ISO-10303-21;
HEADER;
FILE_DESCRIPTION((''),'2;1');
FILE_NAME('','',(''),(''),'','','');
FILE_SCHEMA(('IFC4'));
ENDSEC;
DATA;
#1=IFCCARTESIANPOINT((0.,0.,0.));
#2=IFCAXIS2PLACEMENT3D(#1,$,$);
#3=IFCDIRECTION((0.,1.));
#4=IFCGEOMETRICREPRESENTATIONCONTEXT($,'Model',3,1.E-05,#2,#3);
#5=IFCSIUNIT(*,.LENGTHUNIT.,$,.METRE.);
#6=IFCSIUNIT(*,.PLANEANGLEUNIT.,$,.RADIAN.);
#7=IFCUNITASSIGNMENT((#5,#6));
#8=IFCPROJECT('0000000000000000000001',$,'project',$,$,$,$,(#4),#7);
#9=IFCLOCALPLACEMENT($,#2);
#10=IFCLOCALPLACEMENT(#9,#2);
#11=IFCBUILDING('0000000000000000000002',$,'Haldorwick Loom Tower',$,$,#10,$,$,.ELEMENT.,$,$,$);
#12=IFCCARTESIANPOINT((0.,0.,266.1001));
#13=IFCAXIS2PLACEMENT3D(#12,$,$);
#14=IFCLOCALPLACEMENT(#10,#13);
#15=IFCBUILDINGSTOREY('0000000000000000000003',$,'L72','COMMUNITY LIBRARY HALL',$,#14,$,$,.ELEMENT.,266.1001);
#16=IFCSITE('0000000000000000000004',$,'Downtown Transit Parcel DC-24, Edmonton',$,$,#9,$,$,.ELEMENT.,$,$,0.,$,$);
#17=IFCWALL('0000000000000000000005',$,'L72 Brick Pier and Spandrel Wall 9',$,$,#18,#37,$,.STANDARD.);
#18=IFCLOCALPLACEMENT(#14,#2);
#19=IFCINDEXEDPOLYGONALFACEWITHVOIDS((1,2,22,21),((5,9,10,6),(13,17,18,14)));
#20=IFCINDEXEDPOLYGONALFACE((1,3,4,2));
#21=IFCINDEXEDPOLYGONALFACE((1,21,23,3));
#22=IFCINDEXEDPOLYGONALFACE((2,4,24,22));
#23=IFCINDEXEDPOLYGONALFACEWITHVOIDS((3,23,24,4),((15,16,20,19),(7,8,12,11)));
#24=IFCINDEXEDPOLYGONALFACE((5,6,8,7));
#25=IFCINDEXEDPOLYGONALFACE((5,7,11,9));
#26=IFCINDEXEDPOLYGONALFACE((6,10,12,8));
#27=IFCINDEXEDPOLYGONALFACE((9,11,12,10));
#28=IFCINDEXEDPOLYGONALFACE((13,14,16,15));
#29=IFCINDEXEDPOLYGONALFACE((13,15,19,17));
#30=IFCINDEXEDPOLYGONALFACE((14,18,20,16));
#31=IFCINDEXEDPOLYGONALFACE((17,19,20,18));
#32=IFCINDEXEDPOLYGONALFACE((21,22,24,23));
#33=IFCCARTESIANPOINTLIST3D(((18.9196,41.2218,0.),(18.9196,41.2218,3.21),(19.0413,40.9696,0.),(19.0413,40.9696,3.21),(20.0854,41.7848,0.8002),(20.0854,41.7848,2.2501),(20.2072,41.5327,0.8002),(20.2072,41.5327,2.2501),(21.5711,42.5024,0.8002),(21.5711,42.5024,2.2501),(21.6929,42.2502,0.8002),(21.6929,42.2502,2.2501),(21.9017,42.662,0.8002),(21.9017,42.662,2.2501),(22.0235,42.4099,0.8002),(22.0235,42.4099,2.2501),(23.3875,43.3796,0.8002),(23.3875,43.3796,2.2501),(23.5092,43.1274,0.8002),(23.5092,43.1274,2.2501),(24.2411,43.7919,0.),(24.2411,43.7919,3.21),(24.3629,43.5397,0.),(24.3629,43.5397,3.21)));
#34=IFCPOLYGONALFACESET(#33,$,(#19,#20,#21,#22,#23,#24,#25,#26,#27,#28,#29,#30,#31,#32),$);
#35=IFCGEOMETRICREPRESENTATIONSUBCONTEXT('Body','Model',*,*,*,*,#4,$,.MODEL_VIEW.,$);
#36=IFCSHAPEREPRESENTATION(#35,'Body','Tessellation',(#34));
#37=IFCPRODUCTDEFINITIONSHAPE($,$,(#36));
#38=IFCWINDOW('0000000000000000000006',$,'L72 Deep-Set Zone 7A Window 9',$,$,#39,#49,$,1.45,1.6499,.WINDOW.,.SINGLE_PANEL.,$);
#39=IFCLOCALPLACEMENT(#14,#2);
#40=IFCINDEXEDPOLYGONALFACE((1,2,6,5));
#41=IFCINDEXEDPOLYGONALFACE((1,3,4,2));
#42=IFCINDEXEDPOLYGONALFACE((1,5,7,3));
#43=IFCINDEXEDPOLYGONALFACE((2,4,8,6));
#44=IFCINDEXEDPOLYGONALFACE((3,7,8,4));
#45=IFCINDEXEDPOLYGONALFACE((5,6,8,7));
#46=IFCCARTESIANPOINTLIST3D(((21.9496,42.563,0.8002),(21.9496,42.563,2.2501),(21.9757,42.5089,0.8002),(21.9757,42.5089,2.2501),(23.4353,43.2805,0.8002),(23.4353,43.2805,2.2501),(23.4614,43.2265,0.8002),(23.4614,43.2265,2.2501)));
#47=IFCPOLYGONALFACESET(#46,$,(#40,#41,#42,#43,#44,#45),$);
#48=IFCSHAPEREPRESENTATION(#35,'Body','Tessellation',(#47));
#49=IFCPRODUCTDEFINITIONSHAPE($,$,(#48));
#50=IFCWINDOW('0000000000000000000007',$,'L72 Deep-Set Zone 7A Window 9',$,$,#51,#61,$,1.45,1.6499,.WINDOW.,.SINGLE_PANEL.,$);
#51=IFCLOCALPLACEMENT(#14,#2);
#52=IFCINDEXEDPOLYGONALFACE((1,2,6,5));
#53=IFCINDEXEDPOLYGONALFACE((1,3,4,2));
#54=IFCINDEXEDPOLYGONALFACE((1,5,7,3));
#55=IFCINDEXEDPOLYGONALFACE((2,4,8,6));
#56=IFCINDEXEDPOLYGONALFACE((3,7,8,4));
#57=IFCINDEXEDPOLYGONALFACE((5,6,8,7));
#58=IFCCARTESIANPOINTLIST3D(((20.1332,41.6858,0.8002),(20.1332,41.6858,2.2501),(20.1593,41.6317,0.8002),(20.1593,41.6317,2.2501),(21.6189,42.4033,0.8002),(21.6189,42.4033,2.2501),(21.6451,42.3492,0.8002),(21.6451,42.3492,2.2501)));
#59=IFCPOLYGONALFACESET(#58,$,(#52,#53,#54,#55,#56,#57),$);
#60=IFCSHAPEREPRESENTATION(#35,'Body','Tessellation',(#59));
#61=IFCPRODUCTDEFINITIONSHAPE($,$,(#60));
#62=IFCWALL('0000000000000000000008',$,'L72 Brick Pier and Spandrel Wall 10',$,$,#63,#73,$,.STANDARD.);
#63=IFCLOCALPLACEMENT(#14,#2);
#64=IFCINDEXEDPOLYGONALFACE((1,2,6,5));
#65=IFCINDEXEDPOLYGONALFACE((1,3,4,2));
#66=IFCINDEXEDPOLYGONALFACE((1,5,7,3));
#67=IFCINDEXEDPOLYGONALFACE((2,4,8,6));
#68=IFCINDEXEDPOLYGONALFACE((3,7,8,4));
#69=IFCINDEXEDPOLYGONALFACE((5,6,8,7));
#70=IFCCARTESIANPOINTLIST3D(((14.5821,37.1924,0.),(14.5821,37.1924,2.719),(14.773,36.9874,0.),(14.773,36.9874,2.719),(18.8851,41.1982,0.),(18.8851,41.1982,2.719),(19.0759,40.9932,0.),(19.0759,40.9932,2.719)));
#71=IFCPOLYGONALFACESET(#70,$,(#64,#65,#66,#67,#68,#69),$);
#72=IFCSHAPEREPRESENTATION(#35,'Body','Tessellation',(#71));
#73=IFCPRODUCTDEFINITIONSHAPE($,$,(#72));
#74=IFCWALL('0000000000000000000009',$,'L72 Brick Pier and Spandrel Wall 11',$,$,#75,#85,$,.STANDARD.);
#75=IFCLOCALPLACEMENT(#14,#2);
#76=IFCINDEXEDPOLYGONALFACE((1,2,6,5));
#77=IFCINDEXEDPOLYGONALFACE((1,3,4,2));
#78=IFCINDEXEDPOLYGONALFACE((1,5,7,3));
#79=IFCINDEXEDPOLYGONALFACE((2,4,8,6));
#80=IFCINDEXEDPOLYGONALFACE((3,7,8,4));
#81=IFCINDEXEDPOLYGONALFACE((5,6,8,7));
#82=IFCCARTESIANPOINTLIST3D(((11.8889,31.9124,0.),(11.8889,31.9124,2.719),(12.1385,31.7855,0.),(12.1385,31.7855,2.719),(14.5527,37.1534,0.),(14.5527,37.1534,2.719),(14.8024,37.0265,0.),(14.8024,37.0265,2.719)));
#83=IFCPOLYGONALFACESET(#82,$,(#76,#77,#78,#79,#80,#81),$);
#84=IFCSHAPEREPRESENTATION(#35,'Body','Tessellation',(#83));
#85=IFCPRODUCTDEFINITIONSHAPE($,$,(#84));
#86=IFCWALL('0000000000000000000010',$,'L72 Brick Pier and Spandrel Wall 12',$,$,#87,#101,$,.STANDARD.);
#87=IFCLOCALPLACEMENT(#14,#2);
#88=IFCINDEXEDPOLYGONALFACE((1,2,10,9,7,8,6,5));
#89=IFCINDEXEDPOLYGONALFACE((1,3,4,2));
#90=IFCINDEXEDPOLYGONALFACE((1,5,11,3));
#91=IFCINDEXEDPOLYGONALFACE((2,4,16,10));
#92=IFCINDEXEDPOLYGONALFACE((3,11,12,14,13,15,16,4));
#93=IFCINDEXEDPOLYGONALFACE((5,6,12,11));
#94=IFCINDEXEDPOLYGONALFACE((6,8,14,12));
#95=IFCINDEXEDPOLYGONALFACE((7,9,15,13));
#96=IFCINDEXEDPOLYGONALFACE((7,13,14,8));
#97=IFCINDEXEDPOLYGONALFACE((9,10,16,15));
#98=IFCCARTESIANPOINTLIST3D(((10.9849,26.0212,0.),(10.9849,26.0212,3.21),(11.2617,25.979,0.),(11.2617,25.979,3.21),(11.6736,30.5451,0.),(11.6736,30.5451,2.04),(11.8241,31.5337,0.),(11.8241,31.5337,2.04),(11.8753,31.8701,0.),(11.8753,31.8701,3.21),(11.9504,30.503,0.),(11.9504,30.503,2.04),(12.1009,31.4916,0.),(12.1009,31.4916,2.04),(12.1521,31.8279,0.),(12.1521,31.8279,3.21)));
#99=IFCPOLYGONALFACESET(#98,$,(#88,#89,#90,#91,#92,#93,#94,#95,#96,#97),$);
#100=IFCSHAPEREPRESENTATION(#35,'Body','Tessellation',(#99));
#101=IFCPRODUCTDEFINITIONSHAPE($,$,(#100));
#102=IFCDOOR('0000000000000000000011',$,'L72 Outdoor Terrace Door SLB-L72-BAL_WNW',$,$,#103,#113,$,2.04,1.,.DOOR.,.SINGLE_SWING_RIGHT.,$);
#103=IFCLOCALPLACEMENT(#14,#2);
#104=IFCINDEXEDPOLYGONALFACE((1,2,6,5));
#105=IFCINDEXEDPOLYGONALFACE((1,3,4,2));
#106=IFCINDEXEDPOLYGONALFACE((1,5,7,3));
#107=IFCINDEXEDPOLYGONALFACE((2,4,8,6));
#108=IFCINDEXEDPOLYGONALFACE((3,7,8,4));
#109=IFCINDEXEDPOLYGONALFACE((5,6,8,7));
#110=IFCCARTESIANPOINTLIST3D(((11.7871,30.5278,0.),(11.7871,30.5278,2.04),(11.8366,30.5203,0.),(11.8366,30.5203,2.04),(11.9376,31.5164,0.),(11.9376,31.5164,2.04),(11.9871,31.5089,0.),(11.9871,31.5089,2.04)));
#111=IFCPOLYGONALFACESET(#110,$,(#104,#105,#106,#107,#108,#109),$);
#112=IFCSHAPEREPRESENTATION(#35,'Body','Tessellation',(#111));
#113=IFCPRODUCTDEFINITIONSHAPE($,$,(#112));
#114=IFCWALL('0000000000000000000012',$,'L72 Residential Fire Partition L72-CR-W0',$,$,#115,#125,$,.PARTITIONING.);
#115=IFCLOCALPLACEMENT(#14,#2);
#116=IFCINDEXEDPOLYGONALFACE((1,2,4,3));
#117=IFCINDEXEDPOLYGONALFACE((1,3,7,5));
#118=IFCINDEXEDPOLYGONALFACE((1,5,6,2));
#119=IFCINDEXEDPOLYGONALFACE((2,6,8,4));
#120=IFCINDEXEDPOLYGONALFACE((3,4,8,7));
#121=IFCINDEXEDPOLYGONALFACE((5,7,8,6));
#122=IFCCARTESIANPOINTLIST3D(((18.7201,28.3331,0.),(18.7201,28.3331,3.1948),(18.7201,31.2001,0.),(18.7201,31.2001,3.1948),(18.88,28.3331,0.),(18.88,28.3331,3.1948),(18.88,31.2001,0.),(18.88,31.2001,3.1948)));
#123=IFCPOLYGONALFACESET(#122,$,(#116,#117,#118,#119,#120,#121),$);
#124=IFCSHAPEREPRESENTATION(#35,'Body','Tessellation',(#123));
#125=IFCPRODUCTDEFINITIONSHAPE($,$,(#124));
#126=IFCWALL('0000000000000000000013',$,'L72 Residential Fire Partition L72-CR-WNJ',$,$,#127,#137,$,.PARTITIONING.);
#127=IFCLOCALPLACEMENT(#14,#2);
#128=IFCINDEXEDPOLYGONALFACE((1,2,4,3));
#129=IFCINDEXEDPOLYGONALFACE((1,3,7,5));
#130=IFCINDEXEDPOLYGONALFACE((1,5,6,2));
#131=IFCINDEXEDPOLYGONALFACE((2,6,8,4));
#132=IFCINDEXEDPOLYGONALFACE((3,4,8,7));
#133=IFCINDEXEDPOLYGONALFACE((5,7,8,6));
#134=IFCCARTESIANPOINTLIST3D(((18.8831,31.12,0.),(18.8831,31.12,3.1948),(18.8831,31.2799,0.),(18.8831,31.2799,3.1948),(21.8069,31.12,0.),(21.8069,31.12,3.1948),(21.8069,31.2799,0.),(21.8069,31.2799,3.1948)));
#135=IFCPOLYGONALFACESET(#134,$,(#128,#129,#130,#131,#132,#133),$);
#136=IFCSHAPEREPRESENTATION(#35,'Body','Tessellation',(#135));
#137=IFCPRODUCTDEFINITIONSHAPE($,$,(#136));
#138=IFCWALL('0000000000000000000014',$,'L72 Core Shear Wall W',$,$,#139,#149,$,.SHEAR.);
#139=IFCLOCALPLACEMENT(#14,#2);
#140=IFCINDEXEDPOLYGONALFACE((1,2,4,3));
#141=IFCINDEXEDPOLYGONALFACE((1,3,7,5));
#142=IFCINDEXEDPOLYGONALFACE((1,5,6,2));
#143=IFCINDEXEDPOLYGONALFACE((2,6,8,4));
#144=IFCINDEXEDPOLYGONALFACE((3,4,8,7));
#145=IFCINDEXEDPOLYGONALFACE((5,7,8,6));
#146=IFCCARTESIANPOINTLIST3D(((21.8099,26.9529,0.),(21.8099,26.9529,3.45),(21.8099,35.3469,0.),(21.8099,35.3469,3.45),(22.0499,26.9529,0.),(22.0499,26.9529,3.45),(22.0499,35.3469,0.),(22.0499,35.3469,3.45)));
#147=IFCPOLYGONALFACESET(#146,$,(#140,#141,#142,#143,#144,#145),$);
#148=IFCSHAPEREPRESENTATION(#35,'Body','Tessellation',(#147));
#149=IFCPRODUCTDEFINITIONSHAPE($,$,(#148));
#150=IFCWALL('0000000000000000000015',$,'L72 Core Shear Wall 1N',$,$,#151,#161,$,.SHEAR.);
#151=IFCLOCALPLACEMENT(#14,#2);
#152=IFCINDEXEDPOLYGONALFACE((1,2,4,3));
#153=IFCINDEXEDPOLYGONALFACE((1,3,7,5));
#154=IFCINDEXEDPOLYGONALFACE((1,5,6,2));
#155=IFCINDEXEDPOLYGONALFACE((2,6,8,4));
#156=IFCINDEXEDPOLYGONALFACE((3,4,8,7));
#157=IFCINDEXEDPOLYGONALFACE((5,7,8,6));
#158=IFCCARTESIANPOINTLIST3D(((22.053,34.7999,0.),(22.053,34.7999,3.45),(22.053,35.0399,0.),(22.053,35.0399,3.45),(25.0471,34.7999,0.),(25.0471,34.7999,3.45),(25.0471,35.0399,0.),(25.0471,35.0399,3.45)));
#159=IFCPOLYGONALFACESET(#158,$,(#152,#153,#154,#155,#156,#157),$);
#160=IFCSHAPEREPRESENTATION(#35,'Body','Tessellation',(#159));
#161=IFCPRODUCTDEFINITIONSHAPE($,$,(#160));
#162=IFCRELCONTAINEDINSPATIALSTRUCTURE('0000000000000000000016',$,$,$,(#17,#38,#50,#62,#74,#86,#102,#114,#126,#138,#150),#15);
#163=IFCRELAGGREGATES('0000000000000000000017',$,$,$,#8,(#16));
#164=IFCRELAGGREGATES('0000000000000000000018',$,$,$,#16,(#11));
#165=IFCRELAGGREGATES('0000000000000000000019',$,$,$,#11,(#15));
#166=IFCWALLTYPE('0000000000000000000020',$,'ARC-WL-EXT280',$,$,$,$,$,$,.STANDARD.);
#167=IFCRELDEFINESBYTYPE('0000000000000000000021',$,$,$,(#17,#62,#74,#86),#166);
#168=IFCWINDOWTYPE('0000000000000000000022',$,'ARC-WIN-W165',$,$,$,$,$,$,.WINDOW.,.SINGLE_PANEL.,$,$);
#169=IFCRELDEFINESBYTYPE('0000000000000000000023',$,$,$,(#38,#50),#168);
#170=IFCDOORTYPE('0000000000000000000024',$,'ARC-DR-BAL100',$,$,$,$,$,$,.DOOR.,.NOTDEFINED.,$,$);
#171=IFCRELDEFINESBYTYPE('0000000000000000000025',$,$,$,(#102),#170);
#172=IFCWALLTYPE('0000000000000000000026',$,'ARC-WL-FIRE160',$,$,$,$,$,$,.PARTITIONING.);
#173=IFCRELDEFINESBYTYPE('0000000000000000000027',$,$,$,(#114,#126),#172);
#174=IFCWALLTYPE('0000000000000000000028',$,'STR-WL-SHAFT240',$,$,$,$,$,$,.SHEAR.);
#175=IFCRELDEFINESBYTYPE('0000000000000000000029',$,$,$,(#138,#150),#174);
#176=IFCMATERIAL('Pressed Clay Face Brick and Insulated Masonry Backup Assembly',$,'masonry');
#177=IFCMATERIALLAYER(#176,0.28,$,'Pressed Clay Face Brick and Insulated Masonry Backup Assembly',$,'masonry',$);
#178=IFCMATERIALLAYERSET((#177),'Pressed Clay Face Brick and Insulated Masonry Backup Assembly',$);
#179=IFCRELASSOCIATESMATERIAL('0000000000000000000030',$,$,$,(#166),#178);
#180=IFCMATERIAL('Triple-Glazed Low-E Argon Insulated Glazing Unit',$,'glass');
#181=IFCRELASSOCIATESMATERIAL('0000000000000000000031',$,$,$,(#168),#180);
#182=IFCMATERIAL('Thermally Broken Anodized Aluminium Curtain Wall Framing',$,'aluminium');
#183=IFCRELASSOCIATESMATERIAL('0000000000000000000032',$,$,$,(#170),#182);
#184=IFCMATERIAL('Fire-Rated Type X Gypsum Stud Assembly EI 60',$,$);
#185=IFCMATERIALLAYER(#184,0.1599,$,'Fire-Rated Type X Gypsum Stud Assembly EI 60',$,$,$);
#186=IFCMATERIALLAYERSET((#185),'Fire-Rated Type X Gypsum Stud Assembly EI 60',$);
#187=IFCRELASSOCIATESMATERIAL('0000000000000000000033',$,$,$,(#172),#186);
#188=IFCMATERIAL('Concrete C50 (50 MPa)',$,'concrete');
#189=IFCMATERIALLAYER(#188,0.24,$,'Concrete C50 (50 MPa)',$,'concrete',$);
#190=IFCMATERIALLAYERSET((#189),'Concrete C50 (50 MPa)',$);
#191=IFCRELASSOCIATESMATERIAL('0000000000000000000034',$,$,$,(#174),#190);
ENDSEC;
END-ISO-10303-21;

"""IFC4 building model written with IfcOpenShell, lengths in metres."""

from ifc_helpers import new_model, si_unit, direction, frame, frame_2d, origin, place, context, subcontext, project, spatial, rectangle, extrude, material, layer, layer_set, type_object, element, fill, save


model = new_model("IFC4")

# Units and contexts
model_context = context("Model", 3, precision=1e-05, world=origin(), true_north=direction((0.0, 1.0)))
body_context = subcontext(model_context, "Body", "Model", "MODEL_VIEW")
ifc_project = project(units=[si_unit("LENGTHUNIT", "METRE"), si_unit("PLANEANGLEUNIT", "RADIAN")], contexts=[model_context])

# Site, building, storey
site_placement = place(None, origin())
site = spatial("IfcSite", under=ifc_project, at=site_placement, Name="Downtown Transit Parcel DC-24, Edmonton", CompositionType="ELEMENT", RefElevation=0.0)
building_placement = place(site_placement, origin())
building = spatial("IfcBuilding", under=site, at=building_placement, Name="Haldorwick Loom Tower", CompositionType="ELEMENT")
storey_placement = place(building_placement, frame((0.0, 0.0, 266.1001)))
storey = spatial("IfcBuildingStorey", under=building, at=storey_placement, Name="L72", Description="COMMUNITY LIBRARY HALL", CompositionType="ELEMENT", Elevation=266.1001)

# Shared definitions
ifc_material_1 = material(Name="Concrete C50 (50 MPa)", Category="concrete")

# Wall, openings, windows
ifc_material_2 = material(Name="Pressed Clay Face Brick and Insulated Masonry Backup Assembly", Category="masonry")
ifc_layer_1 = layer(ifc_material_2, 0.28, Name="Pressed Clay Face Brick and Insulated Masonry Backup Assembly", Category="masonry")
ifc_layer_set_1 = layer_set([ifc_layer_1], Name="Pressed Clay Face Brick and Insulated Masonry Backup Assembly")
wall_type_1 = type_object("IfcWallType", Name="ARC-WL-EXT280", PredefinedType="STANDARD", material=ifc_layer_set_1)
wall_1_placement = place(storey_placement, frame((24.302, 43.6658, 0.0), z_axis=(0.0, 0.0, 1.0), x_axis=(-0.900482, -0.434893, 0.0)))
wall_1 = element("IfcWall", 1, at=wall_1_placement, inside=storey, type_object=wall_type_1, Name="L72 Brick Pier and Spandrel Wall 9", PredefinedType="STANDARD", context=body_context, shape_type="SweptSolid", body=[
    extrude(rectangle(XDim=5.9097, YDim=0.28, at=frame_2d((2.9548, 0.0))), origin(), (0.0, 0.0, 1.0), 3.21),
])
opening_1_placement = place(wall_1_placement, frame((0.948, 0.0, 0.8)))
opening_1 = element("IfcOpeningElement", 2, at=opening_1_placement, cuts=wall_1, PredefinedType="OPENING", context=body_context, shape_type="SweptSolid", body=[
    extrude(rectangle(XDim=1.6499, YDim=1.45, at=frame_2d((0.825, 0.7251))), frame((0.0, 0.1499, 0.0), z_axis=(0.0, -1.0, 0.0), x_axis=(1.0, 0.0, 0.0)), (0.0, 0.0, 1.0), 0.3),
])
opening_2_placement = place(wall_1_placement, frame((2.9651, 0.0, 0.8)))
opening_2 = element("IfcOpeningElement", 3, at=opening_2_placement, cuts=wall_1, PredefinedType="OPENING", context=body_context, shape_type="SweptSolid", body=[
    extrude(rectangle(XDim=1.6499, YDim=1.45, at=frame_2d((0.825, 0.7251))), frame((0.0, 0.1499, 0.0), z_axis=(0.0, -1.0, 0.0), x_axis=(1.0, 0.0, 0.0)), (0.0, 0.0, 1.0), 0.3),
])
ifc_material_3 = material(Name="Triple-Glazed Low-E Argon Insulated Glazing Unit", Category="glass")
window_type = type_object("IfcWindowType", Name="ARC-WIN-W165", PartitioningType="SINGLE_PANEL", PredefinedType="WINDOW", material=ifc_material_3)
window_1_placement = place(opening_1_placement, origin())
window_1 = element("IfcWindow", 4, at=window_1_placement, inside=storey, type_object=window_type, Name="L72 Deep-Set Zone 7A Window 9", OverallHeight=1.45, OverallWidth=1.6499, PartitioningType="SINGLE_PANEL", PredefinedType="WINDOW", context=body_context, shape_type="SweptSolid", body=[
    extrude(rectangle(XDim=1.6499, YDim=1.45, at=frame_2d((0.825, 0.7251))), frame((0.0, 0.03, 0.0), z_axis=(0.0, -1.0, 0.0), x_axis=(1.0, 0.0, 0.0)), (0.0, 0.0, 1.0), 0.0601),
])
fill(opening_1, window_1)
window_2_placement = place(opening_2_placement, origin())
window_2 = element("IfcWindow", 5, at=window_2_placement, inside=storey, type_object=window_type, Name="L72 Deep-Set Zone 7A Window 9", OverallHeight=1.45, OverallWidth=1.6499, PartitioningType="SINGLE_PANEL", PredefinedType="WINDOW", context=body_context, shape_type="SweptSolid", body=[
    extrude(rectangle(XDim=1.6499, YDim=1.45, at=frame_2d((0.825, 0.7251))), frame((0.0, 0.03, 0.0), z_axis=(0.0, -1.0, 0.0), x_axis=(1.0, 0.0, 0.0)), (0.0, 0.0, 1.0), 0.0601),
])
fill(opening_2, window_2)

# Walls
wall_2_placement = place(storey_placement, frame((18.9805, 41.0957, 0.0), z_axis=(0.0, 0.0, 1.0), x_axis=(-0.731925, -0.681386, 0.0)))
element("IfcWall", 6, at=wall_2_placement, inside=storey, type_object=wall_type_1, Name="L72 Brick Pier and Spandrel Wall 10", PredefinedType="STANDARD", context=body_context, shape_type="SweptSolid", body=[
    extrude(rectangle(XDim=5.8789, YDim=0.28, at=frame_2d((2.9395, 0.0))), origin(), (0.0, 0.0, 1.0), 2.719),
])
wall_3_placement = place(storey_placement, frame((14.6775, 37.0898, 0.0), z_axis=(0.0, 0.0, 1.0), x_axis=(-0.453101, -0.891459, 0.0)))
element("IfcWall", 7, at=wall_3_placement, inside=storey, type_object=wall_type_1, Name="L72 Brick Pier and Spandrel Wall 11", PredefinedType="STANDARD", context=body_context, shape_type="SweptSolid", body=[
    extrude(rectangle(XDim=5.8792, YDim=0.28, at=frame_2d((2.9395, 0.0))), origin(), (0.0, 0.0, 1.0), 2.719),
])

# Wall, opening, door
wall_4_placement = place(storey_placement, frame((12.0137, 31.8489, 0.0), z_axis=(0.0, 0.0, 1.0), x_axis=(-0.150497, -0.98861, 0.0)))
wall_4 = element("IfcWall", 8, at=wall_4_placement, inside=storey, type_object=wall_type_1, Name="L72 Brick Pier and Spandrel Wall 12", PredefinedType="STANDARD", context=body_context, shape_type="SweptSolid", body=[
    extrude(rectangle(XDim=5.9163, YDim=0.28, at=frame_2d((2.958, 0.0))), origin(), (0.0, 0.0, 1.0), 3.21),
])
opening_3_placement = place(wall_4_placement, frame((0.3401, 0.0, 0.0)))
opening_3 = element("IfcOpeningElement", 9, at=opening_3_placement, cuts=wall_4, PredefinedType="OPENING", context=body_context, shape_type="SweptSolid", body=[
    extrude(rectangle(XDim=1.0, YDim=2.04, at=frame_2d((0.5, 1.02))), frame((0.0, 0.1499, 0.0), z_axis=(0.0, -1.0, 0.0), x_axis=(1.0, 0.0, 0.0)), (0.0, 0.0, 1.0), 0.3),
])
ifc_material_4 = material(Name="Thermally Broken Anodized Aluminium Curtain Wall Framing", Category="aluminium")
door_type = type_object("IfcDoorType", Name="ARC-DR-BAL100", OperationType="NOTDEFINED", PredefinedType="DOOR", material=ifc_material_4)
door_placement = place(opening_3_placement, origin())
door = element("IfcDoor", 10, at=door_placement, inside=storey, type_object=door_type, Name="L72 Outdoor Terrace Door SLB-L72-BAL_WNW", OperationType="SINGLE_SWING_RIGHT", OverallHeight=2.04, OverallWidth=1.0, PredefinedType="DOOR", context=body_context, shape_type="SweptSolid", body=[
    extrude(rectangle(XDim=1.0, YDim=2.04, at=frame_2d((0.5, 1.02))), frame((0.0, 0.0249, 0.0), z_axis=(0.0, -1.0, 0.0), x_axis=(1.0, 0.0, 0.0)), (0.0, 0.0, 1.0), 0.05),
])
fill(opening_3, door)

# Walls
ifc_material_5 = material(Name="Fire-Rated Type X Gypsum Stud Assembly EI 60")
ifc_layer_2 = layer(ifc_material_5, 0.1599, Name="Fire-Rated Type X Gypsum Stud Assembly EI 60")
ifc_layer_set_2 = layer_set([ifc_layer_2], Name="Fire-Rated Type X Gypsum Stud Assembly EI 60")
wall_type_2 = type_object("IfcWallType", Name="ARC-WL-FIRE160", PredefinedType="PARTITIONING", material=ifc_layer_set_2)
wall_5_placement = place(storey_placement, frame((18.8, 28.333, 0.0), z_axis=(0.0, 0.0, 1.0), x_axis=(0.0, 1.0, 0.0)))
element("IfcWall", 11, at=wall_5_placement, inside=storey, type_object=wall_type_2, Name="L72 Residential Fire Partition L72-CR-W0", PredefinedType="PARTITIONING", context=body_context, shape_type="SweptSolid", body=[
    extrude(rectangle(XDim=2.8669, YDim=0.1599, at=frame_2d((1.4336, 0.0))), origin(), (0.0, 0.0, 1.0), 3.1948),
])
wall_6_placement = place(storey_placement, frame((18.8831, 31.2, 0.0), z_axis=(0.0, 0.0, 1.0), x_axis=(1.0, 0.0, 0.0)))
element("IfcWall", 12, at=wall_6_placement, inside=storey, type_object=wall_type_2, Name="L72 Residential Fire Partition L72-CR-WNJ", PredefinedType="PARTITIONING", context=body_context, shape_type="SweptSolid", body=[
    extrude(rectangle(XDim=2.9238, YDim=0.1599, at=frame_2d((1.4619, 0.0))), origin(), (0.0, 0.0, 1.0), 3.1948),
])
ifc_layer_3 = layer(ifc_material_1, 0.24, Name="Concrete C50 (50 MPa)", Category="concrete")
ifc_layer_set_3 = layer_set([ifc_layer_3], Name="Concrete C50 (50 MPa)")
wall_type_3 = type_object("IfcWallType", Name="STR-WL-SHAFT240", PredefinedType="SHEAR", material=ifc_layer_set_3)
wall_7_placement = place(storey_placement, frame((21.9299, 35.3469, 0.0), z_axis=(0.0, 0.0, 1.0), x_axis=(0.0, -1.0, 0.0)))
element("IfcWall", 13, at=wall_7_placement, inside=storey, type_object=wall_type_3, Name="L72 Core Shear Wall W", PredefinedType="SHEAR", context=body_context, shape_type="SweptSolid", body=[
    extrude(rectangle(XDim=8.394, YDim=0.24, at=frame_2d((4.197, 0.0))), origin(), (0.0, 0.0, 1.0), 3.45),
])
wall_8_placement = place(storey_placement, frame((22.053, 34.9199, 0.0), z_axis=(0.0, 0.0, 1.0), x_axis=(1.0, 0.0, 0.0)))
element("IfcWall", 14, at=wall_8_placement, inside=storey, type_object=wall_type_3, Name="L72 Core Shear Wall 1N", PredefinedType="SHEAR", context=body_context, shape_type="SweptSolid", body=[
    extrude(rectangle(XDim=2.9941, YDim=0.24, at=frame_2d((1.4971, 0.0))), origin(), (0.0, 0.0, 1.0), 3.45),
])

save(model, "model.ifc")
